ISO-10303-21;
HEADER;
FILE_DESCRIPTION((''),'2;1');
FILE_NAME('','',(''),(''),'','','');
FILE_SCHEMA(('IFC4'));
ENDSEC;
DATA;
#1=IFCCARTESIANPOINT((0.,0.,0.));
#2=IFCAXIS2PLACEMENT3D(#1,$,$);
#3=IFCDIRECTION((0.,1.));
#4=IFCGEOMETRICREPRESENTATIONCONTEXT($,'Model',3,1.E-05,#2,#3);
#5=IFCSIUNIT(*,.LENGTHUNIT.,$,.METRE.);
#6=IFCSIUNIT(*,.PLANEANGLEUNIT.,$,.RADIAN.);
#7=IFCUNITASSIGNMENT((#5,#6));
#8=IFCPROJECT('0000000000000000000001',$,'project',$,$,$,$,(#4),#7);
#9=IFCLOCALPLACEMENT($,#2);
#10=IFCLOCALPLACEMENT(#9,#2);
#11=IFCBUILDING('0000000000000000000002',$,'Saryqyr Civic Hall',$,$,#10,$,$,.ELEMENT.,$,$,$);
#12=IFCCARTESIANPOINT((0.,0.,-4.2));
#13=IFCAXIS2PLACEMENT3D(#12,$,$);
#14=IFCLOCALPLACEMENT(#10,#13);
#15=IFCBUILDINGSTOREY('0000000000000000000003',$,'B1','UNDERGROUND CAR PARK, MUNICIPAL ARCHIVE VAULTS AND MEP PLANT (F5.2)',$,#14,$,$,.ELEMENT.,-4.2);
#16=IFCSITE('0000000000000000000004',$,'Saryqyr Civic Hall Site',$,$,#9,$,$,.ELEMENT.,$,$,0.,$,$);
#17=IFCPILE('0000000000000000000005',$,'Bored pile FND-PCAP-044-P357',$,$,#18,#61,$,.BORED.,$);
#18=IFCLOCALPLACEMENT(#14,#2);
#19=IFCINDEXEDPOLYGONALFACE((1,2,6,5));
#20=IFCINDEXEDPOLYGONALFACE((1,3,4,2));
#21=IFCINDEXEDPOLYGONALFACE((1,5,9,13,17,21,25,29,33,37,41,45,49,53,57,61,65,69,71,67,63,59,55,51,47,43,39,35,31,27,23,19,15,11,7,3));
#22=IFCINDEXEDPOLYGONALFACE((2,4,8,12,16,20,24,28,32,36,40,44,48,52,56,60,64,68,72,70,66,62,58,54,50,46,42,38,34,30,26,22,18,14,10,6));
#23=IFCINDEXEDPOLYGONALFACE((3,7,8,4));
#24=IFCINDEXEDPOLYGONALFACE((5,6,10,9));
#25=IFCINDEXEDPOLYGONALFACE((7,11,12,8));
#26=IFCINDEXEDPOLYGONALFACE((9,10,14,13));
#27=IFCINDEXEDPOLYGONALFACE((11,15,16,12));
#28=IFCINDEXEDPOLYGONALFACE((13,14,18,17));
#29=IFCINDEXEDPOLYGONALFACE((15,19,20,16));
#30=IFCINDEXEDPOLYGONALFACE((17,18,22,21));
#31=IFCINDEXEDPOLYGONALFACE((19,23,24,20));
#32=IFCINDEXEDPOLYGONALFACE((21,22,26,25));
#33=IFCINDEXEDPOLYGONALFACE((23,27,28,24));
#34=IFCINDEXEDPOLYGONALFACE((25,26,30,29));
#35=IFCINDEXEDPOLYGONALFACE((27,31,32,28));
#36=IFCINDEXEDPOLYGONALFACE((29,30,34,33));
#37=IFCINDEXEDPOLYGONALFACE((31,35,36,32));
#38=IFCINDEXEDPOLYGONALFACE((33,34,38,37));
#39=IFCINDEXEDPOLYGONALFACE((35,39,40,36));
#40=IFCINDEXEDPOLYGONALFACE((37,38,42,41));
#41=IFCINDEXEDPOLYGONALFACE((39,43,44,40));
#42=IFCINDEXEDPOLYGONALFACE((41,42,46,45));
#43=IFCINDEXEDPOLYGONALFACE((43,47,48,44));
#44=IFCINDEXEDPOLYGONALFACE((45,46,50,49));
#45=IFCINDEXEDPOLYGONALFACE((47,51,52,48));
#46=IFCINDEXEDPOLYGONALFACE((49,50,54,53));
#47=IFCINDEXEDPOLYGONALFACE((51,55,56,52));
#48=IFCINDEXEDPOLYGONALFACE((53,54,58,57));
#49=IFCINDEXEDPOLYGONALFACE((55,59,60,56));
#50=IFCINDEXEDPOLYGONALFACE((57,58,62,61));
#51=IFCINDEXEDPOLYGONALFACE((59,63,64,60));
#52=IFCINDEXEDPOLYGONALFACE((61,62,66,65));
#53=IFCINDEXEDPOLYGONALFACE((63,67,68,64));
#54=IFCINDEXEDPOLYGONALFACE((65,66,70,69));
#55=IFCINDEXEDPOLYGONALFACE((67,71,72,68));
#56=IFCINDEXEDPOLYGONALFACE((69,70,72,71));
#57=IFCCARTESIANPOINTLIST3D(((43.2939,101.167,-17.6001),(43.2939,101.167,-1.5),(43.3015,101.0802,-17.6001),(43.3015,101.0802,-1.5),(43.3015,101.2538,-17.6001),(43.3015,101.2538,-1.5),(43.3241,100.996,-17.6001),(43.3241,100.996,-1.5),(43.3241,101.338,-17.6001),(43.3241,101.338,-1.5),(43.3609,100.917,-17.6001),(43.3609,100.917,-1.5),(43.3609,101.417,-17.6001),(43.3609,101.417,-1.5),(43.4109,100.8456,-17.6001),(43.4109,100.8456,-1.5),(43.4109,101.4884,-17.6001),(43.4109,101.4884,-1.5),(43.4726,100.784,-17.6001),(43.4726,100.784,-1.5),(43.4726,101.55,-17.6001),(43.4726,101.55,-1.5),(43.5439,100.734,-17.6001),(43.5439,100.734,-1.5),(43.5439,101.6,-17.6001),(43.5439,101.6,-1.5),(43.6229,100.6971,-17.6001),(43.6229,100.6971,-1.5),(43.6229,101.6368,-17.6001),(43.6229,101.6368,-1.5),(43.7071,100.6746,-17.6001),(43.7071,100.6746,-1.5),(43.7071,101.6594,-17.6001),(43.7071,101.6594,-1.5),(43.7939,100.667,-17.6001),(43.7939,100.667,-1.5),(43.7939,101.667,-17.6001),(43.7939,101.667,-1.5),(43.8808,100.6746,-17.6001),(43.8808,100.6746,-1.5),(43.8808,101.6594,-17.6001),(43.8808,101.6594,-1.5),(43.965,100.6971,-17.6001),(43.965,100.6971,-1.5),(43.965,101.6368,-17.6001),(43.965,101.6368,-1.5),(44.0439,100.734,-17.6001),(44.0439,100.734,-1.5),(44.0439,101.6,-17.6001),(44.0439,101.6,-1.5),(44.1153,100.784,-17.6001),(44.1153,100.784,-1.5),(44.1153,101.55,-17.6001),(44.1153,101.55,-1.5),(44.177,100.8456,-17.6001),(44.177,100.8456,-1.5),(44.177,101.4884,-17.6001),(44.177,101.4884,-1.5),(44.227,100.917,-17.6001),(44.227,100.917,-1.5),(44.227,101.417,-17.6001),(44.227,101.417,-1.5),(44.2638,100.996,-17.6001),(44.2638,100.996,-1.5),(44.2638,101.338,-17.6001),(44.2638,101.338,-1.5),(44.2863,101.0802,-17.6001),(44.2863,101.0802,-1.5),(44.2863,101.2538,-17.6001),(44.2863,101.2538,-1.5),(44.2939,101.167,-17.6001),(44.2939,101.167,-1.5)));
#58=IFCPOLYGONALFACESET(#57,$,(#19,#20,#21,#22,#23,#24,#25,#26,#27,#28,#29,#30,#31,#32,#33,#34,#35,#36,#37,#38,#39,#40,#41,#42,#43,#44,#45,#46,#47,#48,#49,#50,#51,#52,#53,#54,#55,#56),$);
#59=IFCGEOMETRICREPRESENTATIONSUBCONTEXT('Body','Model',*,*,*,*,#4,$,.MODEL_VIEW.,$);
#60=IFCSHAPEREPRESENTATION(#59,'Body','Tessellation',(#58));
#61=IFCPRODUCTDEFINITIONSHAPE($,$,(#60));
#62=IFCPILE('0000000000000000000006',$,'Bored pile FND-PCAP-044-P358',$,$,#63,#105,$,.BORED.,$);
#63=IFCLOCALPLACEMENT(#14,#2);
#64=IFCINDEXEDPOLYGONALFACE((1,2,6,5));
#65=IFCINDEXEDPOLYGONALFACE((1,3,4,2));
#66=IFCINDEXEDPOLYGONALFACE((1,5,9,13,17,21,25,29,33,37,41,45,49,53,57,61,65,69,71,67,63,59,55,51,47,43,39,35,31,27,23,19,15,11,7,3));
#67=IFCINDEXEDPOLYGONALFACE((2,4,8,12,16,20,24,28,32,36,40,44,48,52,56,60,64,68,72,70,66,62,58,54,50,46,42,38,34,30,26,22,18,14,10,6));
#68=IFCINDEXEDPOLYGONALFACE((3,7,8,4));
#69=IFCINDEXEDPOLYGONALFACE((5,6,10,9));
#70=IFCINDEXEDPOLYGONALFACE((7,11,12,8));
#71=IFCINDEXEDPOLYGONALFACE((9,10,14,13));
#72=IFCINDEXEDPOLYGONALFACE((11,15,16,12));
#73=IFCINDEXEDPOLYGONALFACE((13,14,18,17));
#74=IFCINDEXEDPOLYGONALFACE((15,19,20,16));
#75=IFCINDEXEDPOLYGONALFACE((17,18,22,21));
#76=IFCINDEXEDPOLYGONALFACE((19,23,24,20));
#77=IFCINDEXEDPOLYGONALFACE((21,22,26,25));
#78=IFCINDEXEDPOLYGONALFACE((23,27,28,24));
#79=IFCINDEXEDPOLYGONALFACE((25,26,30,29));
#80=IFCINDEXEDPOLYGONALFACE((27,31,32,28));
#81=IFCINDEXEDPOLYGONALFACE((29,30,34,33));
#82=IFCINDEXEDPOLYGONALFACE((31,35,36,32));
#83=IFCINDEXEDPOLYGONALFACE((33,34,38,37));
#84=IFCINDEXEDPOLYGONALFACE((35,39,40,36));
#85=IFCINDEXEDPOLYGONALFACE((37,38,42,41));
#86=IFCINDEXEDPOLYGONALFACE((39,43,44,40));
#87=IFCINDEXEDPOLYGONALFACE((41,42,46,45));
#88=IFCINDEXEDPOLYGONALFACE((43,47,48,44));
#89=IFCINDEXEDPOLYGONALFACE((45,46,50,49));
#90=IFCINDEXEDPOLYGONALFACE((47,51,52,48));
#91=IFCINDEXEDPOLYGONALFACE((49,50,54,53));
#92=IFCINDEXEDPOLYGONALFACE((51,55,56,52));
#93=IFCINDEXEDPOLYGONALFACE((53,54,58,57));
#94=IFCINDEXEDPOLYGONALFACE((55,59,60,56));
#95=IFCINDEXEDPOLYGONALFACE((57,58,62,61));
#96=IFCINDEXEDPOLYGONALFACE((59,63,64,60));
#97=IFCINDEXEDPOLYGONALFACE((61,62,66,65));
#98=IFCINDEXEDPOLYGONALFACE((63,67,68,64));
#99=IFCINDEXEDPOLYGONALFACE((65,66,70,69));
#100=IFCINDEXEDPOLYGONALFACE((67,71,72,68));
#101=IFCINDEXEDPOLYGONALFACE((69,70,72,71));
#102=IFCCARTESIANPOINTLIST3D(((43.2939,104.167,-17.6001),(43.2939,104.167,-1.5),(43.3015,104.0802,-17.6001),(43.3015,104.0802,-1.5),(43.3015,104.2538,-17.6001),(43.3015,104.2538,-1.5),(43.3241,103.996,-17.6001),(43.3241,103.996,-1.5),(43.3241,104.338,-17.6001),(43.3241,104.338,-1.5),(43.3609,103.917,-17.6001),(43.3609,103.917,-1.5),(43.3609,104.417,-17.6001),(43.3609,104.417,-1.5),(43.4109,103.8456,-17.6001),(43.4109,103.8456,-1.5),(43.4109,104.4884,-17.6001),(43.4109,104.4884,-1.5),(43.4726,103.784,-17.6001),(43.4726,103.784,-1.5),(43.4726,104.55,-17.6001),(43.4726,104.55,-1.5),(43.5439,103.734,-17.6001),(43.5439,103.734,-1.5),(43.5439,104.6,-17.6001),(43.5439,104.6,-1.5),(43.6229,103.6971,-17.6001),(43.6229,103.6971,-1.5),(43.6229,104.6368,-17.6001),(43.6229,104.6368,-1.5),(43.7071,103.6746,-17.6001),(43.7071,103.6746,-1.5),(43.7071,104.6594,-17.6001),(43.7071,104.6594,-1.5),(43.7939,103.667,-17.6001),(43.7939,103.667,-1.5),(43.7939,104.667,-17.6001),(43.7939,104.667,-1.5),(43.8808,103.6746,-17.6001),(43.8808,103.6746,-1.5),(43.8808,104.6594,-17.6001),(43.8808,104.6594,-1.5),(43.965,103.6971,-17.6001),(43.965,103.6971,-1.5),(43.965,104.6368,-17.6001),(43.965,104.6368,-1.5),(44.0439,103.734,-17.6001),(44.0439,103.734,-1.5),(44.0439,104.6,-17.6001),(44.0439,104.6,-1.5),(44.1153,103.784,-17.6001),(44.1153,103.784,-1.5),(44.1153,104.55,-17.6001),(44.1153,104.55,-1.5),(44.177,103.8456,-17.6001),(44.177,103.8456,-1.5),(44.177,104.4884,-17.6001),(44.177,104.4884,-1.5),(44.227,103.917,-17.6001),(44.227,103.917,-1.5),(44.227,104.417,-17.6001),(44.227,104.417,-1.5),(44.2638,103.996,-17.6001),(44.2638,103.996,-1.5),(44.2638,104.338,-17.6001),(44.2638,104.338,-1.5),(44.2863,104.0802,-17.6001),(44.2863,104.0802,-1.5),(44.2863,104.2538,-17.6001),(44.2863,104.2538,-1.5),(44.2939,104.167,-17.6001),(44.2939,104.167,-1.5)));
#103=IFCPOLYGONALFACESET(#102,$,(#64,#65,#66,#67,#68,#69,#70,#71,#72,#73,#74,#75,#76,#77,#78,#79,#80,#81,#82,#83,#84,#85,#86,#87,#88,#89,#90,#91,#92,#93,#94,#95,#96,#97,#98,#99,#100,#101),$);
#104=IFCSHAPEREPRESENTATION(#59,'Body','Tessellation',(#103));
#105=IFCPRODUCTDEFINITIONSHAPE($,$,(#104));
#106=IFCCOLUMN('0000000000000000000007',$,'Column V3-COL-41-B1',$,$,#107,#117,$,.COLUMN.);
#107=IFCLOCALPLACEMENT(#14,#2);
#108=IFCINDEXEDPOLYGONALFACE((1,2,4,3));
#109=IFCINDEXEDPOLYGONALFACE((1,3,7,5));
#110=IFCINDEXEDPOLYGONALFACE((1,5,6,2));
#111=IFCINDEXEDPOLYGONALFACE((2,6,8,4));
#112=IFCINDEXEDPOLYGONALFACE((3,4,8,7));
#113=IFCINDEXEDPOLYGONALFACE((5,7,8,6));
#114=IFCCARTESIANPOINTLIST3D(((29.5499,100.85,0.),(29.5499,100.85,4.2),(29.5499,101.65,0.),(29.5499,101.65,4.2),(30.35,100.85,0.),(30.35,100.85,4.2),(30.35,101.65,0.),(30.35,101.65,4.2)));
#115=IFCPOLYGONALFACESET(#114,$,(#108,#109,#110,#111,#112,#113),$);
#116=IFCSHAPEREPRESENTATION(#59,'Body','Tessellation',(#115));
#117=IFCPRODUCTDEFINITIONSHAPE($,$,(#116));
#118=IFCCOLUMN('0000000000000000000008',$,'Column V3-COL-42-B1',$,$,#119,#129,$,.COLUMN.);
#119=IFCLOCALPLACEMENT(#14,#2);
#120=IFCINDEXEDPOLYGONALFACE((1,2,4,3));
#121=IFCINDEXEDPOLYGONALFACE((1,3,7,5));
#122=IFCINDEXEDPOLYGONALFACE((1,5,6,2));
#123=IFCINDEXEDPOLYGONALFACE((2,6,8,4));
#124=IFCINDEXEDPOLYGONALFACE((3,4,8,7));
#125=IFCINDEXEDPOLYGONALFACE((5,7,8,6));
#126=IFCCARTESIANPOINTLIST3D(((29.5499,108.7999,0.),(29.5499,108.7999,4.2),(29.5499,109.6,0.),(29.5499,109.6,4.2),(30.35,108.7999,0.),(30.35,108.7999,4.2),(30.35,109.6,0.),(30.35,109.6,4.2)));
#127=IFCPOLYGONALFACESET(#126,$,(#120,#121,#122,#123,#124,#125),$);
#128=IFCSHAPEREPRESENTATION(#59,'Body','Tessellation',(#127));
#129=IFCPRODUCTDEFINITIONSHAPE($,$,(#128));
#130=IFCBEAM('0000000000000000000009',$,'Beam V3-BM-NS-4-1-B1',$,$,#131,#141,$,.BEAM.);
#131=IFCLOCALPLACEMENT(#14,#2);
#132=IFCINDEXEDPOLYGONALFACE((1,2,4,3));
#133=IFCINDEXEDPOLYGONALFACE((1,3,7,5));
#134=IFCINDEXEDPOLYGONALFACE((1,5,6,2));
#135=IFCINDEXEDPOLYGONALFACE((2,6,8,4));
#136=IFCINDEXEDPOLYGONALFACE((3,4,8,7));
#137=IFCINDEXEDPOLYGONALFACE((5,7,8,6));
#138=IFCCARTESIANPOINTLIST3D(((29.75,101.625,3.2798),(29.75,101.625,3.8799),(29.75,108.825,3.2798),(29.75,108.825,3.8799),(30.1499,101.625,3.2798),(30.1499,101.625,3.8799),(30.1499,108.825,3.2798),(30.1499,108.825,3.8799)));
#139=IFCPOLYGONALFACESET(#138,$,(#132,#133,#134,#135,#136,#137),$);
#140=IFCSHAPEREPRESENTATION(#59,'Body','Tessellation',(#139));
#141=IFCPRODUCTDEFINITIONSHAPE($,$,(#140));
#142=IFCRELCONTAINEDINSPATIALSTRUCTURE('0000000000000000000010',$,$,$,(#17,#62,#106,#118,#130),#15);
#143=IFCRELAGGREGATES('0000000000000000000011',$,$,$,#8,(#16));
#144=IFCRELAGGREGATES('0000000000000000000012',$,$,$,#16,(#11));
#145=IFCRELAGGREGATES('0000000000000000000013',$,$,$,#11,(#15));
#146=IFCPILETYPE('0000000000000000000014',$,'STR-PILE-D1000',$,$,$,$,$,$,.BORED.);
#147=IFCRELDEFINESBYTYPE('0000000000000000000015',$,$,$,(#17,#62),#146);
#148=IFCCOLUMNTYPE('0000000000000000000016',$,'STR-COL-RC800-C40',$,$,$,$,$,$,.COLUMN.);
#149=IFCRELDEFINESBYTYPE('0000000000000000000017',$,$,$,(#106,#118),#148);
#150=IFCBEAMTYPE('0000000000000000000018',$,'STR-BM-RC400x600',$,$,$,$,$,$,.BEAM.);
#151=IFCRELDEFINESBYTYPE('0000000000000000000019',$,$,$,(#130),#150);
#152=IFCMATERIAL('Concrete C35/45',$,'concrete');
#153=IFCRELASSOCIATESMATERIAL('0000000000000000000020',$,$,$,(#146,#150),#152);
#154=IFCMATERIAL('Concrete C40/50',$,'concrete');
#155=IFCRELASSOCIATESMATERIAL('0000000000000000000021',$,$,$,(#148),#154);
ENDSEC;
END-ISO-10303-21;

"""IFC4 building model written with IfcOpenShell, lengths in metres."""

from ifc_helpers import new_model, si_unit, direction, frame, origin, origin_2d, place, context, subcontext, project, spatial, rectangle, circle, extrude, material, material_profile, profile_set, type_object, element, save


model = new_model("IFC4")

# Units and contexts
model_context = context("Model", 3, precision=1e-05, world=origin(), true_north=direction((0.0, 1.0)))
body_context = subcontext(model_context, "Body", "Model", "MODEL_VIEW")
ifc_project = project(units=[si_unit("LENGTHUNIT", "METRE"), si_unit("PLANEANGLEUNIT", "RADIAN")], contexts=[model_context])

# Site, building, storey
site_placement = place(None, origin())
site = spatial("IfcSite", under=ifc_project, at=site_placement, Name="Saryqyr Civic Hall Site", CompositionType="ELEMENT", RefElevation=0.0)
building_placement = place(site_placement, origin())
building = spatial("IfcBuilding", under=site, at=building_placement, Name="Saryqyr Civic Hall", CompositionType="ELEMENT")
storey_placement = place(building_placement, frame((0.0, 0.0, -4.2)))
storey = spatial("IfcBuildingStorey", under=building, at=storey_placement, Name="B1", Description="UNDERGROUND CAR PARK, MUNICIPAL ARCHIVE VAULTS AND MEP PLANT (F5.2)", CompositionType="ELEMENT", Elevation=-4.2)

# Piles
ifc_material_1 = material(Name="Concrete C35/45", Category="concrete")
ifc_material_profile_1 = material_profile(ifc_material_1, circle(Radius=0.5, at=origin_2d()), Name="BORED PILE D1000")
ifc_profile_set_1 = profile_set([ifc_material_profile_1], Name="Concrete C35/45")
pile_type = type_object("IfcPileType", Name="STR-PILE-D1000", PredefinedType="BORED", material=ifc_profile_set_1)
for number, where, z_axis, x_axis, name in (
    (1, (43.7939, 101.167, -1.5), (0.0, 0.0, -1.0), (1.0, 0.0, 0.0), "Bored pile FND-PCAP-044-P357"),
    (2, (43.7939, 104.167, -1.5), (0.0, 0.0, -1.0), (1.0, 0.0, 0.0), "Bored pile FND-PCAP-044-P358"),
):
    element("IfcPile", number, at=place(storey_placement, frame(where, z_axis=z_axis, x_axis=x_axis)), inside=storey, type_object=pile_type, Name=name, PredefinedType="BORED", context=body_context, shape_type="SweptSolid", body=[
        extrude(circle(Radius=0.5, at=origin_2d()), origin(), (0.0, 0.0, 1.0), 16.1001),
    ])

# Columns
ifc_material_2 = material(Name="Concrete C40/50", Category="concrete")
ifc_material_profile_2 = material_profile(ifc_material_2, rectangle(XDim=0.8, YDim=0.8, at=origin_2d()), Name="RC 800x800")
ifc_profile_set_2 = profile_set([ifc_material_profile_2], Name="Concrete C40/50")
column_type = type_object("IfcColumnType", Name="STR-COL-RC800-C40", PredefinedType="COLUMN", material=ifc_profile_set_2)
for number, where, z_axis, x_axis, name in (
    (3, (29.95, 101.25, 0.0), (0.0, 0.0, 1.0), (1.0, 0.0, 0.0), "Column V3-COL-41-B1"),
    (4, (29.95, 109.2, 0.0), (0.0, 0.0, 1.0), (1.0, 0.0, 0.0), "Column V3-COL-42-B1"),
):
    element("IfcColumn", number, at=place(storey_placement, frame(where, z_axis=z_axis, x_axis=x_axis)), inside=storey, type_object=column_type, Name=name, PredefinedType="COLUMN", context=body_context, shape_type="SweptSolid", body=[
        extrude(rectangle(XDim=0.8, YDim=0.8, at=origin_2d()), origin(), (0.0, 0.0, 1.0), 4.2),
    ])

# Beam
ifc_material_profile_3 = material_profile(ifc_material_1, rectangle(XDim=0.3999, YDim=0.6001, at=origin_2d()), Name="RC 400x600")
ifc_profile_set_3 = profile_set([ifc_material_profile_3], Name="Concrete C35/45")
beam_type = type_object("IfcBeamType", Name="STR-BM-RC400x600", PredefinedType="BEAM", material=ifc_profile_set_3)
beam_placement = place(storey_placement, frame((29.95, 101.625, 3.5798), z_axis=(0.0, 1.0, 0.0), x_axis=(-1.0, 0.0, 0.0)))
element("IfcBeam", 5, at=beam_placement, inside=storey, type_object=beam_type, Name="Beam V3-BM-NS-4-1-B1", PredefinedType="BEAM", context=body_context, shape_type="SweptSolid", body=[
    extrude(rectangle(XDim=0.3999, YDim=0.6001, at=origin_2d()), origin(), (0.0, 0.0, 1.0), 7.2),
])

save(model, "model.ifc")
